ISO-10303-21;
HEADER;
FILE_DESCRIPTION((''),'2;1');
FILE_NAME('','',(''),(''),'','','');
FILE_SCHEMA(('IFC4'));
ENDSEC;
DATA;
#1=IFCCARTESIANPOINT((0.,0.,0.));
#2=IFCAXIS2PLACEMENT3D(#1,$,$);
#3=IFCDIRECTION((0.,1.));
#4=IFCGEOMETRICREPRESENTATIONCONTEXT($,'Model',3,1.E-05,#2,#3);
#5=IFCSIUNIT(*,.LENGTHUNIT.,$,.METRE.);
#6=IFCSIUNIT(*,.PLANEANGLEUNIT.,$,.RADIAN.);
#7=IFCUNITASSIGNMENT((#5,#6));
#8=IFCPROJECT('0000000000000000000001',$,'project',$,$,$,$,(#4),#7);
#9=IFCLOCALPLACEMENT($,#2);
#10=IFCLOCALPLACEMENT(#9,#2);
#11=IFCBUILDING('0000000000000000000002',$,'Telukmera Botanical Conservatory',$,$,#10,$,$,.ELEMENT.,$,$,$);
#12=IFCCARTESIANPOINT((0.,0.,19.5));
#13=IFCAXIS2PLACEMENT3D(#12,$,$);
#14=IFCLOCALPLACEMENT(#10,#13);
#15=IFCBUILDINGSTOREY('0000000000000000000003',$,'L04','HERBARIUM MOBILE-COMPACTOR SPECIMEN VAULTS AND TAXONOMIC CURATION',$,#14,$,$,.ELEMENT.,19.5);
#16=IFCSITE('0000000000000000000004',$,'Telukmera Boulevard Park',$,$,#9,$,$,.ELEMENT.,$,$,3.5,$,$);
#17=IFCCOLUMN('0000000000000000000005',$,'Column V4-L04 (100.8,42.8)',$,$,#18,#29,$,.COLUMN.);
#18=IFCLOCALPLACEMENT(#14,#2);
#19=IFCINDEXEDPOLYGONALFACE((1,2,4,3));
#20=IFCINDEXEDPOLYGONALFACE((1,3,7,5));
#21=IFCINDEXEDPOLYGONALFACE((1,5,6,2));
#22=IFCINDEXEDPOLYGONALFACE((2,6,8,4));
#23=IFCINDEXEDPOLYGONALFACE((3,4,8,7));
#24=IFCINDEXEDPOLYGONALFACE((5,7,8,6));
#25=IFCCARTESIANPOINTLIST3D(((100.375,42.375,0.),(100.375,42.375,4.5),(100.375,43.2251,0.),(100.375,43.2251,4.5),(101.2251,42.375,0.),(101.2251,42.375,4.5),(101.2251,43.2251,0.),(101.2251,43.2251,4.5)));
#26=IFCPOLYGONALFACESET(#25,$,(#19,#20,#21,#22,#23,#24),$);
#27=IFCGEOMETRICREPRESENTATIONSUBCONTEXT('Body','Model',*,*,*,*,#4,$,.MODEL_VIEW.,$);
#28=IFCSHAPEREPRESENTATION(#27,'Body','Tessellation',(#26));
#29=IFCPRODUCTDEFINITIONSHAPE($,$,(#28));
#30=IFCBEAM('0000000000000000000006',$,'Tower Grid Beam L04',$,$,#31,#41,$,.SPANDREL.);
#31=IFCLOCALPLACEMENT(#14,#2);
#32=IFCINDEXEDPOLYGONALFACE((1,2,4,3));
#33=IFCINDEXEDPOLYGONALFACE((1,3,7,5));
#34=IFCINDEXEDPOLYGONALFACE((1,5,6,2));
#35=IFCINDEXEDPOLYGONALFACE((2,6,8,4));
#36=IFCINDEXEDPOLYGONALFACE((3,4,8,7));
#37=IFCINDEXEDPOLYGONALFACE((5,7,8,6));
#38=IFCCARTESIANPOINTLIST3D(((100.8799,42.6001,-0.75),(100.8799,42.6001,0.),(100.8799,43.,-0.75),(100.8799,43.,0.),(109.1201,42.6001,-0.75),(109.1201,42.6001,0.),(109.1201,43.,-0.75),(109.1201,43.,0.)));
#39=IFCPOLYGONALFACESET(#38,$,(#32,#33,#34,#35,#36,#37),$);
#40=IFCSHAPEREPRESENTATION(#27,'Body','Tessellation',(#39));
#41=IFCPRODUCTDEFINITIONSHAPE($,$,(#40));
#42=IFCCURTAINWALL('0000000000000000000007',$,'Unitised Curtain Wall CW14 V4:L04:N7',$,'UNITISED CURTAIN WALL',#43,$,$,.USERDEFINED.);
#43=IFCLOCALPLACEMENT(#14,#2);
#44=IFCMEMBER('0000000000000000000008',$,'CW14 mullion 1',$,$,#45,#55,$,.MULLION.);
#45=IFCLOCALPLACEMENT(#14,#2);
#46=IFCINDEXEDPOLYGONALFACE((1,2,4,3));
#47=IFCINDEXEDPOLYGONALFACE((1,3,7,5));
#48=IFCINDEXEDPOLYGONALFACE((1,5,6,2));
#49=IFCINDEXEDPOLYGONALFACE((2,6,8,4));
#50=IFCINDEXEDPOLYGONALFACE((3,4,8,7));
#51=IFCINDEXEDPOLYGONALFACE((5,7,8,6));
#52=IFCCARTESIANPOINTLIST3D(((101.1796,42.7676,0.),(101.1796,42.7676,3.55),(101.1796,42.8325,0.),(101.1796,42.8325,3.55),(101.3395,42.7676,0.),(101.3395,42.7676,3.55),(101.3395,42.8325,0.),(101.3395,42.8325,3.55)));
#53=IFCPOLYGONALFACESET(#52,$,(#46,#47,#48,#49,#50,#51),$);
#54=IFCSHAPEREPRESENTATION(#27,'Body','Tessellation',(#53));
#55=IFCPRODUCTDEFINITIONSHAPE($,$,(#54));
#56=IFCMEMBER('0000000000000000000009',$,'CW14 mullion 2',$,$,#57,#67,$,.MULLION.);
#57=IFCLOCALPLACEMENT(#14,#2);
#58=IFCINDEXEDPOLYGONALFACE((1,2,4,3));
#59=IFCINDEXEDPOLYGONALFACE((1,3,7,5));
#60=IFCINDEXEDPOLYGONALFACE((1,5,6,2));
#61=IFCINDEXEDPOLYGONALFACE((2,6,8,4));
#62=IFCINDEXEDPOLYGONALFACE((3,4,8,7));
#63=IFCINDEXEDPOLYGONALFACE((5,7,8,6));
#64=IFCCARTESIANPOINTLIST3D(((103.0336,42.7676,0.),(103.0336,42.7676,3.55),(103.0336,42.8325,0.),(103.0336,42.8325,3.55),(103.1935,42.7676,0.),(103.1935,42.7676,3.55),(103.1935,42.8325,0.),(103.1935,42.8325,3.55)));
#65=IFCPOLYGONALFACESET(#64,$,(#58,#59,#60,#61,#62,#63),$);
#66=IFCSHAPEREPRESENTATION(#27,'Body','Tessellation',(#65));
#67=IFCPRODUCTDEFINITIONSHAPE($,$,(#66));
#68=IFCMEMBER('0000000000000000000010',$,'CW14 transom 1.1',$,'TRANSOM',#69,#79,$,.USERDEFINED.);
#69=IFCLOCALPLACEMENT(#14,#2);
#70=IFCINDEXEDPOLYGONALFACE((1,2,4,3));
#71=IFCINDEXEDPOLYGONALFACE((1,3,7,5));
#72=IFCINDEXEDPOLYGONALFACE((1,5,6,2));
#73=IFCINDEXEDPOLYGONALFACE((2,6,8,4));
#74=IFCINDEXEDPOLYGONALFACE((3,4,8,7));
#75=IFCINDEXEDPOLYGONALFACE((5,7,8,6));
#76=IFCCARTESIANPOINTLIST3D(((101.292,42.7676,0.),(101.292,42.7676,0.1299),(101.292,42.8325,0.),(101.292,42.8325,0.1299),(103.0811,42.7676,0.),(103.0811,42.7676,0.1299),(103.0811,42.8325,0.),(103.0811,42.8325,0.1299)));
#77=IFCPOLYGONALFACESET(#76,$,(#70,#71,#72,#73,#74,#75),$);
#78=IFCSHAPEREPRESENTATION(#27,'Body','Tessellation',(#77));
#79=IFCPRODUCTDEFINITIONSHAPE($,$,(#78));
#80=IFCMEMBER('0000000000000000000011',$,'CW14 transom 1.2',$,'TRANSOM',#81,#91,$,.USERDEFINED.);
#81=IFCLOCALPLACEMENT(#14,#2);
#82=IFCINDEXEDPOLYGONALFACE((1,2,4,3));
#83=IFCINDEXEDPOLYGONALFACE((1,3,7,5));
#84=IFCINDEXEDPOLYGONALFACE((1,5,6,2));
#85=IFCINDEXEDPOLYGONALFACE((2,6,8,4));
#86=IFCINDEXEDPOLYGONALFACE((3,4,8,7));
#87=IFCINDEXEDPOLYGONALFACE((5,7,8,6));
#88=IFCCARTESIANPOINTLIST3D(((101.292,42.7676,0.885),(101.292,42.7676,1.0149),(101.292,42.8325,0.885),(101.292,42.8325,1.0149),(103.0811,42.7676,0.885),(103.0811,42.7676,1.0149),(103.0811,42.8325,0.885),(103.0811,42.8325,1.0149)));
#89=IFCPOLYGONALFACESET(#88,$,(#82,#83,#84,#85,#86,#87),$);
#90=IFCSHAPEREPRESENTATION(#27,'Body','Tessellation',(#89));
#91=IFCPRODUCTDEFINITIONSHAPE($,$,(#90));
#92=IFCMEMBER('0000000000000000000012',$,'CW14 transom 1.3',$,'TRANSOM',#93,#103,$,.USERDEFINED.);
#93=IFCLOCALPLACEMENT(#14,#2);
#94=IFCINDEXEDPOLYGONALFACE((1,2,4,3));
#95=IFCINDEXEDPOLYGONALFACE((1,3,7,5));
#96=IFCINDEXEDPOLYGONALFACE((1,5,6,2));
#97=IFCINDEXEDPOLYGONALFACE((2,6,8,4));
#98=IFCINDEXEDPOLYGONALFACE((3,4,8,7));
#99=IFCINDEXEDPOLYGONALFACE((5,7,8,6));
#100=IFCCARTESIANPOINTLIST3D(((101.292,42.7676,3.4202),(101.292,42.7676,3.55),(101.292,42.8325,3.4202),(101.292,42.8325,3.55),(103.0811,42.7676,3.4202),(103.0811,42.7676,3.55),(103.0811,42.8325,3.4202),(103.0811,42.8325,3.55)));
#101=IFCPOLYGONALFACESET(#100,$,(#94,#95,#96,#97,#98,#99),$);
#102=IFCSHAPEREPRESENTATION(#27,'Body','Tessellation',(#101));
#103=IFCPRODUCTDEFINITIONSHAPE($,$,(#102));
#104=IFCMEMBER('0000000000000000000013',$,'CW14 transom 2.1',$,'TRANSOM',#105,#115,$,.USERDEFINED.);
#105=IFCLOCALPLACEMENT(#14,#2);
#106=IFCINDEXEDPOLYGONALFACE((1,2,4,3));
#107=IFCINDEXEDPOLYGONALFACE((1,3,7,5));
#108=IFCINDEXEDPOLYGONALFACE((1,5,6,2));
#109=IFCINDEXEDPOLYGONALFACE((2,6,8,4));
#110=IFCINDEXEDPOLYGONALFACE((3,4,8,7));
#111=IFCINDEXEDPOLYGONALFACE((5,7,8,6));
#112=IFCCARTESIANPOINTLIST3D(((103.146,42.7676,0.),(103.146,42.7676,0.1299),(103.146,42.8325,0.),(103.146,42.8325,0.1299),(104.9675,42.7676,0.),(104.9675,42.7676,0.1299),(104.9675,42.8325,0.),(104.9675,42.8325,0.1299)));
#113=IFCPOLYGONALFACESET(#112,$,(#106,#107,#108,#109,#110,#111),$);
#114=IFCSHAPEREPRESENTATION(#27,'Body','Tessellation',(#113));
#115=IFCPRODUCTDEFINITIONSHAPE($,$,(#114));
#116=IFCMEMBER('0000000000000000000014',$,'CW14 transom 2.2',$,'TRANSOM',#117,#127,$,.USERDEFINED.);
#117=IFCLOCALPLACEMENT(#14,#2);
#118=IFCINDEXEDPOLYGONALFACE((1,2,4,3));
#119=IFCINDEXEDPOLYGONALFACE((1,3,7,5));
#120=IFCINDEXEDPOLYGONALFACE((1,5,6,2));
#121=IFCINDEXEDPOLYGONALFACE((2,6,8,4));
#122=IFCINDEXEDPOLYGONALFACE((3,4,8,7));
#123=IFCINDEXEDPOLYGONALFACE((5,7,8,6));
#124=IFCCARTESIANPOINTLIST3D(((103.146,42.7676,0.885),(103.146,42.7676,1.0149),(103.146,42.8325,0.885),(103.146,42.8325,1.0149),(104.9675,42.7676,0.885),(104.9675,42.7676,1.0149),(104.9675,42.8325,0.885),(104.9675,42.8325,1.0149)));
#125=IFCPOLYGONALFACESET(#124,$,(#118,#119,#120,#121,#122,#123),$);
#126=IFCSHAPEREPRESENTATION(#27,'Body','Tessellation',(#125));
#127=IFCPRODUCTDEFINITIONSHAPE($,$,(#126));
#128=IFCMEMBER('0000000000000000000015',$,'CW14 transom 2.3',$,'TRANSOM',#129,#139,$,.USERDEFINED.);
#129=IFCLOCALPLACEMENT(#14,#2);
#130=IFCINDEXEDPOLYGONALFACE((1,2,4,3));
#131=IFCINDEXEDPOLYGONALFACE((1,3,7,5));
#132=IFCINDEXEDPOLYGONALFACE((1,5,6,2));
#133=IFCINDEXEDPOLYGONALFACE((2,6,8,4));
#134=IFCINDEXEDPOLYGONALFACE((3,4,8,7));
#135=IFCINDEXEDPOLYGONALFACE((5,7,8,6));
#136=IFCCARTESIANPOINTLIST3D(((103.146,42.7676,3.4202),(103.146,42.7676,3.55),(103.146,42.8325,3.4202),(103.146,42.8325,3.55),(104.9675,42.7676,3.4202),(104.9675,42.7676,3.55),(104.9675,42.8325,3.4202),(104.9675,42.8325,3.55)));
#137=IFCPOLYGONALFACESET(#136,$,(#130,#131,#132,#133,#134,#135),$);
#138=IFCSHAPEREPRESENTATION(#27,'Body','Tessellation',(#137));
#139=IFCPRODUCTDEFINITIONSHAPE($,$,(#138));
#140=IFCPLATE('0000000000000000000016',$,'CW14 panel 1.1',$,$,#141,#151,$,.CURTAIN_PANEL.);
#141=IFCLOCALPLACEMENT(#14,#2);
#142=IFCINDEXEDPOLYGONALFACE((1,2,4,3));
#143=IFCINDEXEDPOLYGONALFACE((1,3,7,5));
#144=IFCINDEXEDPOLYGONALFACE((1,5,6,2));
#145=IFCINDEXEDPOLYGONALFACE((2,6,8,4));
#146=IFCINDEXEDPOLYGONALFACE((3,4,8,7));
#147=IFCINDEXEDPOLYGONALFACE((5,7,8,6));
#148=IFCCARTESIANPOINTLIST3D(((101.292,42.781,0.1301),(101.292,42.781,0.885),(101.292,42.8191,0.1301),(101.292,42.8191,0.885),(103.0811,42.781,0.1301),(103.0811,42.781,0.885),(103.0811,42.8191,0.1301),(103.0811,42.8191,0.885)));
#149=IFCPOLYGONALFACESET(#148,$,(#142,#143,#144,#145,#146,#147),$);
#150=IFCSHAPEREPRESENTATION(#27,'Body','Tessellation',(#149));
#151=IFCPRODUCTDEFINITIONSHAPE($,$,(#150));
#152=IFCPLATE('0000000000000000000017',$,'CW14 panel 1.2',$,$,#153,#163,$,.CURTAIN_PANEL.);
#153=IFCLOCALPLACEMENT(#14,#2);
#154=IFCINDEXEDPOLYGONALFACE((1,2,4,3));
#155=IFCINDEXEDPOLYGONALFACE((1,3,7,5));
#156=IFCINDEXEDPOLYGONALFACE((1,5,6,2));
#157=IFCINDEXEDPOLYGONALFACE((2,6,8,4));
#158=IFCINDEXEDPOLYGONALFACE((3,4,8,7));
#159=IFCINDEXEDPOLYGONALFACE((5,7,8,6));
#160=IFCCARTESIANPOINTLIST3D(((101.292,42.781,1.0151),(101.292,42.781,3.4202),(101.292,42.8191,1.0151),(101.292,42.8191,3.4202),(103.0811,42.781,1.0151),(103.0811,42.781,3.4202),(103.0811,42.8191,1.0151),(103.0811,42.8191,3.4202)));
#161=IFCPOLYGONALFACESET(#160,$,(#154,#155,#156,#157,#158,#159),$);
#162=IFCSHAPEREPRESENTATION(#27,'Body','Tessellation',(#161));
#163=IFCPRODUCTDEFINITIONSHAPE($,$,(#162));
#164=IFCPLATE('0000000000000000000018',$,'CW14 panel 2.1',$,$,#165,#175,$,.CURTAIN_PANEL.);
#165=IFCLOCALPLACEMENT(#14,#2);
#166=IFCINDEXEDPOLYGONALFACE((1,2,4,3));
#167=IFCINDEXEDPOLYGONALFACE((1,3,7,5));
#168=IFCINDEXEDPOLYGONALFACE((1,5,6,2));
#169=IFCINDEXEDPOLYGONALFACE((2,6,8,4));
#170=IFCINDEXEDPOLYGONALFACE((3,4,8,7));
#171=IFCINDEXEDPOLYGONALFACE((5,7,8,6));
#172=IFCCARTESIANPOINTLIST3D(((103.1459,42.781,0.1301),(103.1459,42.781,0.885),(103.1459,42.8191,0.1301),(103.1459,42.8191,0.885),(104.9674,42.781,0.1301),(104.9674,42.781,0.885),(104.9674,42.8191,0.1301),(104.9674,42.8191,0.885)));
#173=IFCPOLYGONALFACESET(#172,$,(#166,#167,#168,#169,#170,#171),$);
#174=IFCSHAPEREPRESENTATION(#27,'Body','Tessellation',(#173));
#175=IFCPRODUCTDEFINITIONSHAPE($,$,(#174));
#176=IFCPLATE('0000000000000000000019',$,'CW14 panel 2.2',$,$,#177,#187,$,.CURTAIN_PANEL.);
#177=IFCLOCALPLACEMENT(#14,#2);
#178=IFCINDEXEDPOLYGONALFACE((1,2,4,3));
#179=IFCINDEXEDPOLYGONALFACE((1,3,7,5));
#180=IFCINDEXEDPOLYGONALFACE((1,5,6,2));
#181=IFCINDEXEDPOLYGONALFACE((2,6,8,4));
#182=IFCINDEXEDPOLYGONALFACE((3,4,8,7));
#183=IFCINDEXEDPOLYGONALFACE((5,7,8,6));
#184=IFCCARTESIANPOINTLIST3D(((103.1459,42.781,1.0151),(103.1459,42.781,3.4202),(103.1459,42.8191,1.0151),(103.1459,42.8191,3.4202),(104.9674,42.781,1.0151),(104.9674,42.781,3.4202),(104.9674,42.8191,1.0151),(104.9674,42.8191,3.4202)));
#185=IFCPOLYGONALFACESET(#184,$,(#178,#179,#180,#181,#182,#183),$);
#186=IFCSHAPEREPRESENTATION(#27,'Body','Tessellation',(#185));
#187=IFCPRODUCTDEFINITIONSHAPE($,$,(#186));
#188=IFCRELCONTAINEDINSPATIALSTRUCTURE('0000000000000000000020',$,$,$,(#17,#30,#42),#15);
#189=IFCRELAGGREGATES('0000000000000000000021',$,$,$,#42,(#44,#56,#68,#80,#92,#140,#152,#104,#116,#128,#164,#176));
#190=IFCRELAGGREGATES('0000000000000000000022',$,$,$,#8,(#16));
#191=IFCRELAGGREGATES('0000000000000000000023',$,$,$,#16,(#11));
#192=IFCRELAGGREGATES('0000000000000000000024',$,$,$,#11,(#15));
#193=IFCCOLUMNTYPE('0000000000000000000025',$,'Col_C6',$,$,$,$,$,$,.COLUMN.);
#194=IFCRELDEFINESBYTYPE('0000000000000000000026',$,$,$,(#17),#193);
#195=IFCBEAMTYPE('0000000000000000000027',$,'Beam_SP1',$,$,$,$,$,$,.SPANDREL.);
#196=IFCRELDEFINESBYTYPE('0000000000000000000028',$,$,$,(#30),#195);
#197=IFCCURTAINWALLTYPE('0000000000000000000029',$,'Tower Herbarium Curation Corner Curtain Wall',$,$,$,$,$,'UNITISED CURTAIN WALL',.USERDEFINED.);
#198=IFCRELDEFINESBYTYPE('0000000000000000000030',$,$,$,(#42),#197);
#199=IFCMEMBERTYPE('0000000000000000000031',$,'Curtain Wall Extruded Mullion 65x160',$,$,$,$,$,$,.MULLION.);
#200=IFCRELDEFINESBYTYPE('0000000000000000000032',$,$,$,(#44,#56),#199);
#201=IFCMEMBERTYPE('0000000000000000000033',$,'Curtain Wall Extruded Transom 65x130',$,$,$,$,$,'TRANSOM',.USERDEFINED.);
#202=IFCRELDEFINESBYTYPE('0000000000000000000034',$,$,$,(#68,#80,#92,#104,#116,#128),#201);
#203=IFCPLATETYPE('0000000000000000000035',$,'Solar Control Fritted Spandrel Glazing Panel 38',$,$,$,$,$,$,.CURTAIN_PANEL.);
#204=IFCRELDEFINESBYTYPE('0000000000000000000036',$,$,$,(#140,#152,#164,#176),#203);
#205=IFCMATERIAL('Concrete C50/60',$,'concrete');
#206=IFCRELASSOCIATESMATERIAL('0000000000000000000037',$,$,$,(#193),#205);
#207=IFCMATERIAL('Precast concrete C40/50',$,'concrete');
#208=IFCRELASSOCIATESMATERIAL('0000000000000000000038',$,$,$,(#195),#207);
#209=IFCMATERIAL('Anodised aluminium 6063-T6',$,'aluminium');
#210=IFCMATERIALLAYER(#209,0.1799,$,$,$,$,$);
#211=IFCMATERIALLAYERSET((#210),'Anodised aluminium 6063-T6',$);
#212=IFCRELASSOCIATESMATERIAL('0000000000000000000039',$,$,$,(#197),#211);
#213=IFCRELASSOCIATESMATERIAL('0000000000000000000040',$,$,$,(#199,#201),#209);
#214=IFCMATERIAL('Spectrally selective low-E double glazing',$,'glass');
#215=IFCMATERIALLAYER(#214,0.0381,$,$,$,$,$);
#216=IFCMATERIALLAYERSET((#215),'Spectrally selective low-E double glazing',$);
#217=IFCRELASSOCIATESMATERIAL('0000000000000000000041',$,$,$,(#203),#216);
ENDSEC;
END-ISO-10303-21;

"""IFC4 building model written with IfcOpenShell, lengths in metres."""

from ifc_helpers import new_model, si_unit, direction, frame, origin, origin_2d, place, context, subcontext, project, spatial, rectangle, extrude, material, layer, layer_set, material_profile, profile_set, type_object, element, aggregate, save


model = new_model("IFC4")

# Units and contexts
model_context = context("Model", 3, precision=1e-05, world=origin(), true_north=direction((0.0, 1.0)))
body_context = subcontext(model_context, "Body", "Model", "MODEL_VIEW")
ifc_project = project(units=[si_unit("LENGTHUNIT", "METRE"), si_unit("PLANEANGLEUNIT", "RADIAN")], contexts=[model_context])

# Site, building, storey
site_placement = place(None, origin())
site = spatial("IfcSite", under=ifc_project, at=site_placement, Name="Telukmera Boulevard Park", CompositionType="ELEMENT", RefElevation=3.5)
building_placement = place(site_placement, origin())
building = spatial("IfcBuilding", under=site, at=building_placement, Name="Telukmera Botanical Conservatory", CompositionType="ELEMENT")
storey_placement = place(building_placement, frame((0.0, 0.0, 19.5)))
storey = spatial("IfcBuildingStorey", under=building, at=storey_placement, Name="L04", Description="HERBARIUM MOBILE-COMPACTOR SPECIMEN VAULTS AND TAXONOMIC CURATION", CompositionType="ELEMENT", Elevation=19.5)

# Column
ifc_material_1 = material(Name="Concrete C50/60", Category="concrete")
ifc_material_profile_1 = material_profile(ifc_material_1, rectangle(XDim=0.8501, YDim=0.8501, at=origin_2d()), Name="RC 850x850")
ifc_profile_set_1 = profile_set([ifc_material_profile_1], Name="Concrete C50/60")
column_type = type_object("IfcColumnType", Name="Col_C6", PredefinedType="COLUMN", material=ifc_profile_set_1)
column_placement = place(storey_placement, frame((100.8, 42.8, 0.0), z_axis=(0.0, 0.0, 1.0), x_axis=(1.0, 0.0, 0.0)))
element("IfcColumn", 1, at=column_placement, inside=storey, type_object=column_type, Name="Column V4-L04 (100.8,42.8)", PredefinedType="COLUMN", context=body_context, shape_type="SweptSolid", body=[
    extrude(rectangle(XDim=0.8501, YDim=0.8501, at=origin_2d()), origin(), (0.0, 0.0, 1.0), 4.5),
])

# Beam
ifc_material_2 = material(Name="Precast concrete C40/50", Category="concrete")
ifc_material_profile_2 = material_profile(ifc_material_2, rectangle(XDim=0.3999, YDim=0.75, at=origin_2d()), Name="PC 400x750")
ifc_profile_set_2 = profile_set([ifc_material_profile_2], Name="Precast concrete C40/50")
beam_type = type_object("IfcBeamType", Name="Beam_SP1", PredefinedType="SPANDREL", material=ifc_profile_set_2)
beam_placement = place(storey_placement, frame((100.8799, 42.8, -0.375), z_axis=(1.0, 0.0, 0.0), x_axis=(0.0, 1.0, 0.0)))
element("IfcBeam", 2, at=beam_placement, inside=storey, type_object=beam_type, Name="Tower Grid Beam L04", PredefinedType="SPANDREL", context=body_context, shape_type="SweptSolid", body=[
    extrude(rectangle(XDim=0.3999, YDim=0.75, at=origin_2d()), origin(), (0.0, 0.0, 1.0), 8.2402),
])

# Curtain wall, members, plates
ifc_material_3 = material(Name="Anodised aluminium 6063-T6", Category="aluminium")
ifc_layer_1 = layer(ifc_material_3, 0.1799)
ifc_layer_set_1 = layer_set([ifc_layer_1], Name="Anodised aluminium 6063-T6")
curtain_wall_type = type_object("IfcCurtainWallType", Name="Tower Herbarium Curation Corner Curtain Wall", ElementType="UNITISED CURTAIN WALL", PredefinedType="USERDEFINED", material=ifc_layer_set_1)
curtain_wall_placement = place(storey_placement, origin())
curtain_wall = element("IfcCurtainWall", 3, at=curtain_wall_placement, inside=storey, type_object=curtain_wall_type, Name="Unitised Curtain Wall CW14 V4:L04:N7", ObjectType="UNITISED CURTAIN WALL", PredefinedType="USERDEFINED")
ifc_material_profile_3 = material_profile(ifc_material_3, rectangle(XDim=0.0649, YDim=0.1599, at=origin_2d()), Name="ALU MULL 65x160")
ifc_profile_set_3 = profile_set([ifc_material_profile_3], Name="Anodised aluminium 6063-T6")
member_type_1 = type_object("IfcMemberType", Name="Curtain Wall Extruded Mullion 65x160", PredefinedType="MULLION", material=ifc_profile_set_3)
member_1_placement = place(storey_placement, frame((101.2595, 42.8, 0.0), z_axis=(0.0, 0.0, 1.0), x_axis=(0.0, 1.0, 0.0)))
member_1 = element("IfcMember", 4, at=member_1_placement, type_object=member_type_1, Name="CW14 mullion 1", PredefinedType="MULLION", context=body_context, shape_type="SweptSolid", body=[
    extrude(rectangle(XDim=0.0649, YDim=0.1599, at=origin_2d()), origin(), (0.0, 0.0, 1.0), 3.55),
])
member_2_placement = place(storey_placement, frame((103.1135, 42.8, 0.0), z_axis=(0.0, 0.0, 1.0), x_axis=(0.0, 1.0, 0.0)))
member_2 = element("IfcMember", 5, at=member_2_placement, type_object=member_type_1, Name="CW14 mullion 2", PredefinedType="MULLION", context=body_context, shape_type="SweptSolid", body=[
    extrude(rectangle(XDim=0.0649, YDim=0.1599, at=origin_2d()), origin(), (0.0, 0.0, 1.0), 3.55),
])
ifc_material_profile_4 = material_profile(ifc_material_3, rectangle(XDim=0.0649, YDim=0.1299, at=origin_2d()), Name="ALU TRAN 65x130")
ifc_profile_set_4 = profile_set([ifc_material_profile_4], Name="Anodised aluminium 6063-T6")
member_type_2 = type_object("IfcMemberType", Name="Curtain Wall Extruded Transom 65x130", ElementType="TRANSOM", PredefinedType="USERDEFINED", material=ifc_profile_set_4)
member_3_placement = place(storey_placement, frame((101.292, 42.8, 0.0649), z_axis=(1.0, 0.0, 0.0), x_axis=(0.0, 1.0, 0.0)))
member_3 = element("IfcMember", 6, at=member_3_placement, type_object=member_type_2, Name="CW14 transom 1.1", ObjectType="TRANSOM", PredefinedType="USERDEFINED", context=body_context, shape_type="SweptSolid", body=[
    extrude(rectangle(XDim=0.0649, YDim=0.1299, at=origin_2d()), origin(), (0.0, 0.0, 1.0), 1.7891),
])
member_4_placement = place(storey_placement, frame((101.292, 42.8, 0.95), z_axis=(1.0, 0.0, 0.0), x_axis=(0.0, 1.0, 0.0)))
member_4 = element("IfcMember", 7, at=member_4_placement, type_object=member_type_2, Name="CW14 transom 1.2", ObjectType="TRANSOM", PredefinedType="USERDEFINED", context=body_context, shape_type="SweptSolid", body=[
    extrude(rectangle(XDim=0.0649, YDim=0.1299, at=origin_2d()), origin(), (0.0, 0.0, 1.0), 1.7891),
])
member_5_placement = place(storey_placement, frame((101.292, 42.8, 3.4851), z_axis=(1.0, 0.0, 0.0), x_axis=(0.0, 1.0, 0.0)))
member_5 = element("IfcMember", 8, at=member_5_placement, type_object=member_type_2, Name="CW14 transom 1.3", ObjectType="TRANSOM", PredefinedType="USERDEFINED", context=body_context, shape_type="SweptSolid", body=[
    extrude(rectangle(XDim=0.0649, YDim=0.1299, at=origin_2d()), origin(), (0.0, 0.0, 1.0), 1.7891),
])
member_6_placement = place(storey_placement, frame((103.146, 42.8, 0.0649), z_axis=(1.0, 0.0, 0.0), x_axis=(0.0, 1.0, 0.0)))
member_6 = element("IfcMember", 9, at=member_6_placement, type_object=member_type_2, Name="CW14 transom 2.1", ObjectType="TRANSOM", PredefinedType="USERDEFINED", context=body_context, shape_type="SweptSolid", body=[
    extrude(rectangle(XDim=0.0649, YDim=0.1299, at=origin_2d()), origin(), (0.0, 0.0, 1.0), 1.8215),
])
member_7_placement = place(storey_placement, frame((103.146, 42.8, 0.95), z_axis=(1.0, 0.0, 0.0), x_axis=(0.0, 1.0, 0.0)))
member_7 = element("IfcMember", 10, at=member_7_placement, type_object=member_type_2, Name="CW14 transom 2.2", ObjectType="TRANSOM", PredefinedType="USERDEFINED", context=body_context, shape_type="SweptSolid", body=[
    extrude(rectangle(XDim=0.0649, YDim=0.1299, at=origin_2d()), origin(), (0.0, 0.0, 1.0), 1.8215),
])
member_8_placement = place(storey_placement, frame((103.146, 42.8, 3.4851), z_axis=(1.0, 0.0, 0.0), x_axis=(0.0, 1.0, 0.0)))
member_8 = element("IfcMember", 11, at=member_8_placement, type_object=member_type_2, Name="CW14 transom 2.3", ObjectType="TRANSOM", PredefinedType="USERDEFINED", context=body_context, shape_type="SweptSolid", body=[
    extrude(rectangle(XDim=0.0649, YDim=0.1299, at=origin_2d()), origin(), (0.0, 0.0, 1.0), 1.8215),
])
ifc_material_4 = material(Name="Spectrally selective low-E double glazing", Category="glass")
ifc_layer_2 = layer(ifc_material_4, 0.0381)
ifc_layer_set_2 = layer_set([ifc_layer_2], Name="Spectrally selective low-E double glazing")
plate_type = type_object("IfcPlateType", Name="Solar Control Fritted Spandrel Glazing Panel 38", PredefinedType="CURTAIN_PANEL", material=ifc_layer_set_2)
plate_1_placement = place(storey_placement, frame((102.1865, 42.8, 0.1301), z_axis=(0.0, 0.0, 1.0), x_axis=(1.0, 0.0, 0.0)))
plate_1 = element("IfcPlate", 12, at=plate_1_placement, type_object=plate_type, Name="CW14 panel 1.1", PredefinedType="CURTAIN_PANEL", context=body_context, shape_type="SweptSolid", body=[
    extrude(rectangle(XDim=1.7891, YDim=0.0381, at=origin_2d()), origin(), (0.0, 0.0, 1.0), 0.7549),
])
plate_2_placement = place(storey_placement, frame((102.1865, 42.8, 1.0151), z_axis=(0.0, 0.0, 1.0), x_axis=(1.0, 0.0, 0.0)))
plate_2 = element("IfcPlate", 13, at=plate_2_placement, type_object=plate_type, Name="CW14 panel 1.2", PredefinedType="CURTAIN_PANEL", context=body_context, shape_type="SweptSolid", body=[
    extrude(rectangle(XDim=1.7891, YDim=0.0381, at=origin_2d()), origin(), (0.0, 0.0, 1.0), 2.405),
])
plate_3_placement = place(storey_placement, frame((104.0566, 42.8, 0.1301), z_axis=(0.0, 0.0, 1.0), x_axis=(1.0, 0.0, 0.0)))
plate_3 = element("IfcPlate", 14, at=plate_3_placement, type_object=plate_type, Name="CW14 panel 2.1", PredefinedType="CURTAIN_PANEL", context=body_context, shape_type="SweptSolid", body=[
    extrude(rectangle(XDim=1.8215, YDim=0.0381, at=origin_2d()), origin(), (0.0, 0.0, 1.0), 0.7549),
])
plate_4_placement = place(storey_placement, frame((104.0566, 42.8, 1.0151), z_axis=(0.0, 0.0, 1.0), x_axis=(1.0, 0.0, 0.0)))
plate_4 = element("IfcPlate", 15, at=plate_4_placement, type_object=plate_type, Name="CW14 panel 2.2", PredefinedType="CURTAIN_PANEL", context=body_context, shape_type="SweptSolid", body=[
    extrude(rectangle(XDim=1.8215, YDim=0.0381, at=origin_2d()), origin(), (0.0, 0.0, 1.0), 2.405),
])
aggregate(curtain_wall, [member_1, member_2, member_3, member_4, member_5, plate_1, plate_2, member_6, member_7, member_8, plate_3, plate_4])

save(model, "model.ifc")
